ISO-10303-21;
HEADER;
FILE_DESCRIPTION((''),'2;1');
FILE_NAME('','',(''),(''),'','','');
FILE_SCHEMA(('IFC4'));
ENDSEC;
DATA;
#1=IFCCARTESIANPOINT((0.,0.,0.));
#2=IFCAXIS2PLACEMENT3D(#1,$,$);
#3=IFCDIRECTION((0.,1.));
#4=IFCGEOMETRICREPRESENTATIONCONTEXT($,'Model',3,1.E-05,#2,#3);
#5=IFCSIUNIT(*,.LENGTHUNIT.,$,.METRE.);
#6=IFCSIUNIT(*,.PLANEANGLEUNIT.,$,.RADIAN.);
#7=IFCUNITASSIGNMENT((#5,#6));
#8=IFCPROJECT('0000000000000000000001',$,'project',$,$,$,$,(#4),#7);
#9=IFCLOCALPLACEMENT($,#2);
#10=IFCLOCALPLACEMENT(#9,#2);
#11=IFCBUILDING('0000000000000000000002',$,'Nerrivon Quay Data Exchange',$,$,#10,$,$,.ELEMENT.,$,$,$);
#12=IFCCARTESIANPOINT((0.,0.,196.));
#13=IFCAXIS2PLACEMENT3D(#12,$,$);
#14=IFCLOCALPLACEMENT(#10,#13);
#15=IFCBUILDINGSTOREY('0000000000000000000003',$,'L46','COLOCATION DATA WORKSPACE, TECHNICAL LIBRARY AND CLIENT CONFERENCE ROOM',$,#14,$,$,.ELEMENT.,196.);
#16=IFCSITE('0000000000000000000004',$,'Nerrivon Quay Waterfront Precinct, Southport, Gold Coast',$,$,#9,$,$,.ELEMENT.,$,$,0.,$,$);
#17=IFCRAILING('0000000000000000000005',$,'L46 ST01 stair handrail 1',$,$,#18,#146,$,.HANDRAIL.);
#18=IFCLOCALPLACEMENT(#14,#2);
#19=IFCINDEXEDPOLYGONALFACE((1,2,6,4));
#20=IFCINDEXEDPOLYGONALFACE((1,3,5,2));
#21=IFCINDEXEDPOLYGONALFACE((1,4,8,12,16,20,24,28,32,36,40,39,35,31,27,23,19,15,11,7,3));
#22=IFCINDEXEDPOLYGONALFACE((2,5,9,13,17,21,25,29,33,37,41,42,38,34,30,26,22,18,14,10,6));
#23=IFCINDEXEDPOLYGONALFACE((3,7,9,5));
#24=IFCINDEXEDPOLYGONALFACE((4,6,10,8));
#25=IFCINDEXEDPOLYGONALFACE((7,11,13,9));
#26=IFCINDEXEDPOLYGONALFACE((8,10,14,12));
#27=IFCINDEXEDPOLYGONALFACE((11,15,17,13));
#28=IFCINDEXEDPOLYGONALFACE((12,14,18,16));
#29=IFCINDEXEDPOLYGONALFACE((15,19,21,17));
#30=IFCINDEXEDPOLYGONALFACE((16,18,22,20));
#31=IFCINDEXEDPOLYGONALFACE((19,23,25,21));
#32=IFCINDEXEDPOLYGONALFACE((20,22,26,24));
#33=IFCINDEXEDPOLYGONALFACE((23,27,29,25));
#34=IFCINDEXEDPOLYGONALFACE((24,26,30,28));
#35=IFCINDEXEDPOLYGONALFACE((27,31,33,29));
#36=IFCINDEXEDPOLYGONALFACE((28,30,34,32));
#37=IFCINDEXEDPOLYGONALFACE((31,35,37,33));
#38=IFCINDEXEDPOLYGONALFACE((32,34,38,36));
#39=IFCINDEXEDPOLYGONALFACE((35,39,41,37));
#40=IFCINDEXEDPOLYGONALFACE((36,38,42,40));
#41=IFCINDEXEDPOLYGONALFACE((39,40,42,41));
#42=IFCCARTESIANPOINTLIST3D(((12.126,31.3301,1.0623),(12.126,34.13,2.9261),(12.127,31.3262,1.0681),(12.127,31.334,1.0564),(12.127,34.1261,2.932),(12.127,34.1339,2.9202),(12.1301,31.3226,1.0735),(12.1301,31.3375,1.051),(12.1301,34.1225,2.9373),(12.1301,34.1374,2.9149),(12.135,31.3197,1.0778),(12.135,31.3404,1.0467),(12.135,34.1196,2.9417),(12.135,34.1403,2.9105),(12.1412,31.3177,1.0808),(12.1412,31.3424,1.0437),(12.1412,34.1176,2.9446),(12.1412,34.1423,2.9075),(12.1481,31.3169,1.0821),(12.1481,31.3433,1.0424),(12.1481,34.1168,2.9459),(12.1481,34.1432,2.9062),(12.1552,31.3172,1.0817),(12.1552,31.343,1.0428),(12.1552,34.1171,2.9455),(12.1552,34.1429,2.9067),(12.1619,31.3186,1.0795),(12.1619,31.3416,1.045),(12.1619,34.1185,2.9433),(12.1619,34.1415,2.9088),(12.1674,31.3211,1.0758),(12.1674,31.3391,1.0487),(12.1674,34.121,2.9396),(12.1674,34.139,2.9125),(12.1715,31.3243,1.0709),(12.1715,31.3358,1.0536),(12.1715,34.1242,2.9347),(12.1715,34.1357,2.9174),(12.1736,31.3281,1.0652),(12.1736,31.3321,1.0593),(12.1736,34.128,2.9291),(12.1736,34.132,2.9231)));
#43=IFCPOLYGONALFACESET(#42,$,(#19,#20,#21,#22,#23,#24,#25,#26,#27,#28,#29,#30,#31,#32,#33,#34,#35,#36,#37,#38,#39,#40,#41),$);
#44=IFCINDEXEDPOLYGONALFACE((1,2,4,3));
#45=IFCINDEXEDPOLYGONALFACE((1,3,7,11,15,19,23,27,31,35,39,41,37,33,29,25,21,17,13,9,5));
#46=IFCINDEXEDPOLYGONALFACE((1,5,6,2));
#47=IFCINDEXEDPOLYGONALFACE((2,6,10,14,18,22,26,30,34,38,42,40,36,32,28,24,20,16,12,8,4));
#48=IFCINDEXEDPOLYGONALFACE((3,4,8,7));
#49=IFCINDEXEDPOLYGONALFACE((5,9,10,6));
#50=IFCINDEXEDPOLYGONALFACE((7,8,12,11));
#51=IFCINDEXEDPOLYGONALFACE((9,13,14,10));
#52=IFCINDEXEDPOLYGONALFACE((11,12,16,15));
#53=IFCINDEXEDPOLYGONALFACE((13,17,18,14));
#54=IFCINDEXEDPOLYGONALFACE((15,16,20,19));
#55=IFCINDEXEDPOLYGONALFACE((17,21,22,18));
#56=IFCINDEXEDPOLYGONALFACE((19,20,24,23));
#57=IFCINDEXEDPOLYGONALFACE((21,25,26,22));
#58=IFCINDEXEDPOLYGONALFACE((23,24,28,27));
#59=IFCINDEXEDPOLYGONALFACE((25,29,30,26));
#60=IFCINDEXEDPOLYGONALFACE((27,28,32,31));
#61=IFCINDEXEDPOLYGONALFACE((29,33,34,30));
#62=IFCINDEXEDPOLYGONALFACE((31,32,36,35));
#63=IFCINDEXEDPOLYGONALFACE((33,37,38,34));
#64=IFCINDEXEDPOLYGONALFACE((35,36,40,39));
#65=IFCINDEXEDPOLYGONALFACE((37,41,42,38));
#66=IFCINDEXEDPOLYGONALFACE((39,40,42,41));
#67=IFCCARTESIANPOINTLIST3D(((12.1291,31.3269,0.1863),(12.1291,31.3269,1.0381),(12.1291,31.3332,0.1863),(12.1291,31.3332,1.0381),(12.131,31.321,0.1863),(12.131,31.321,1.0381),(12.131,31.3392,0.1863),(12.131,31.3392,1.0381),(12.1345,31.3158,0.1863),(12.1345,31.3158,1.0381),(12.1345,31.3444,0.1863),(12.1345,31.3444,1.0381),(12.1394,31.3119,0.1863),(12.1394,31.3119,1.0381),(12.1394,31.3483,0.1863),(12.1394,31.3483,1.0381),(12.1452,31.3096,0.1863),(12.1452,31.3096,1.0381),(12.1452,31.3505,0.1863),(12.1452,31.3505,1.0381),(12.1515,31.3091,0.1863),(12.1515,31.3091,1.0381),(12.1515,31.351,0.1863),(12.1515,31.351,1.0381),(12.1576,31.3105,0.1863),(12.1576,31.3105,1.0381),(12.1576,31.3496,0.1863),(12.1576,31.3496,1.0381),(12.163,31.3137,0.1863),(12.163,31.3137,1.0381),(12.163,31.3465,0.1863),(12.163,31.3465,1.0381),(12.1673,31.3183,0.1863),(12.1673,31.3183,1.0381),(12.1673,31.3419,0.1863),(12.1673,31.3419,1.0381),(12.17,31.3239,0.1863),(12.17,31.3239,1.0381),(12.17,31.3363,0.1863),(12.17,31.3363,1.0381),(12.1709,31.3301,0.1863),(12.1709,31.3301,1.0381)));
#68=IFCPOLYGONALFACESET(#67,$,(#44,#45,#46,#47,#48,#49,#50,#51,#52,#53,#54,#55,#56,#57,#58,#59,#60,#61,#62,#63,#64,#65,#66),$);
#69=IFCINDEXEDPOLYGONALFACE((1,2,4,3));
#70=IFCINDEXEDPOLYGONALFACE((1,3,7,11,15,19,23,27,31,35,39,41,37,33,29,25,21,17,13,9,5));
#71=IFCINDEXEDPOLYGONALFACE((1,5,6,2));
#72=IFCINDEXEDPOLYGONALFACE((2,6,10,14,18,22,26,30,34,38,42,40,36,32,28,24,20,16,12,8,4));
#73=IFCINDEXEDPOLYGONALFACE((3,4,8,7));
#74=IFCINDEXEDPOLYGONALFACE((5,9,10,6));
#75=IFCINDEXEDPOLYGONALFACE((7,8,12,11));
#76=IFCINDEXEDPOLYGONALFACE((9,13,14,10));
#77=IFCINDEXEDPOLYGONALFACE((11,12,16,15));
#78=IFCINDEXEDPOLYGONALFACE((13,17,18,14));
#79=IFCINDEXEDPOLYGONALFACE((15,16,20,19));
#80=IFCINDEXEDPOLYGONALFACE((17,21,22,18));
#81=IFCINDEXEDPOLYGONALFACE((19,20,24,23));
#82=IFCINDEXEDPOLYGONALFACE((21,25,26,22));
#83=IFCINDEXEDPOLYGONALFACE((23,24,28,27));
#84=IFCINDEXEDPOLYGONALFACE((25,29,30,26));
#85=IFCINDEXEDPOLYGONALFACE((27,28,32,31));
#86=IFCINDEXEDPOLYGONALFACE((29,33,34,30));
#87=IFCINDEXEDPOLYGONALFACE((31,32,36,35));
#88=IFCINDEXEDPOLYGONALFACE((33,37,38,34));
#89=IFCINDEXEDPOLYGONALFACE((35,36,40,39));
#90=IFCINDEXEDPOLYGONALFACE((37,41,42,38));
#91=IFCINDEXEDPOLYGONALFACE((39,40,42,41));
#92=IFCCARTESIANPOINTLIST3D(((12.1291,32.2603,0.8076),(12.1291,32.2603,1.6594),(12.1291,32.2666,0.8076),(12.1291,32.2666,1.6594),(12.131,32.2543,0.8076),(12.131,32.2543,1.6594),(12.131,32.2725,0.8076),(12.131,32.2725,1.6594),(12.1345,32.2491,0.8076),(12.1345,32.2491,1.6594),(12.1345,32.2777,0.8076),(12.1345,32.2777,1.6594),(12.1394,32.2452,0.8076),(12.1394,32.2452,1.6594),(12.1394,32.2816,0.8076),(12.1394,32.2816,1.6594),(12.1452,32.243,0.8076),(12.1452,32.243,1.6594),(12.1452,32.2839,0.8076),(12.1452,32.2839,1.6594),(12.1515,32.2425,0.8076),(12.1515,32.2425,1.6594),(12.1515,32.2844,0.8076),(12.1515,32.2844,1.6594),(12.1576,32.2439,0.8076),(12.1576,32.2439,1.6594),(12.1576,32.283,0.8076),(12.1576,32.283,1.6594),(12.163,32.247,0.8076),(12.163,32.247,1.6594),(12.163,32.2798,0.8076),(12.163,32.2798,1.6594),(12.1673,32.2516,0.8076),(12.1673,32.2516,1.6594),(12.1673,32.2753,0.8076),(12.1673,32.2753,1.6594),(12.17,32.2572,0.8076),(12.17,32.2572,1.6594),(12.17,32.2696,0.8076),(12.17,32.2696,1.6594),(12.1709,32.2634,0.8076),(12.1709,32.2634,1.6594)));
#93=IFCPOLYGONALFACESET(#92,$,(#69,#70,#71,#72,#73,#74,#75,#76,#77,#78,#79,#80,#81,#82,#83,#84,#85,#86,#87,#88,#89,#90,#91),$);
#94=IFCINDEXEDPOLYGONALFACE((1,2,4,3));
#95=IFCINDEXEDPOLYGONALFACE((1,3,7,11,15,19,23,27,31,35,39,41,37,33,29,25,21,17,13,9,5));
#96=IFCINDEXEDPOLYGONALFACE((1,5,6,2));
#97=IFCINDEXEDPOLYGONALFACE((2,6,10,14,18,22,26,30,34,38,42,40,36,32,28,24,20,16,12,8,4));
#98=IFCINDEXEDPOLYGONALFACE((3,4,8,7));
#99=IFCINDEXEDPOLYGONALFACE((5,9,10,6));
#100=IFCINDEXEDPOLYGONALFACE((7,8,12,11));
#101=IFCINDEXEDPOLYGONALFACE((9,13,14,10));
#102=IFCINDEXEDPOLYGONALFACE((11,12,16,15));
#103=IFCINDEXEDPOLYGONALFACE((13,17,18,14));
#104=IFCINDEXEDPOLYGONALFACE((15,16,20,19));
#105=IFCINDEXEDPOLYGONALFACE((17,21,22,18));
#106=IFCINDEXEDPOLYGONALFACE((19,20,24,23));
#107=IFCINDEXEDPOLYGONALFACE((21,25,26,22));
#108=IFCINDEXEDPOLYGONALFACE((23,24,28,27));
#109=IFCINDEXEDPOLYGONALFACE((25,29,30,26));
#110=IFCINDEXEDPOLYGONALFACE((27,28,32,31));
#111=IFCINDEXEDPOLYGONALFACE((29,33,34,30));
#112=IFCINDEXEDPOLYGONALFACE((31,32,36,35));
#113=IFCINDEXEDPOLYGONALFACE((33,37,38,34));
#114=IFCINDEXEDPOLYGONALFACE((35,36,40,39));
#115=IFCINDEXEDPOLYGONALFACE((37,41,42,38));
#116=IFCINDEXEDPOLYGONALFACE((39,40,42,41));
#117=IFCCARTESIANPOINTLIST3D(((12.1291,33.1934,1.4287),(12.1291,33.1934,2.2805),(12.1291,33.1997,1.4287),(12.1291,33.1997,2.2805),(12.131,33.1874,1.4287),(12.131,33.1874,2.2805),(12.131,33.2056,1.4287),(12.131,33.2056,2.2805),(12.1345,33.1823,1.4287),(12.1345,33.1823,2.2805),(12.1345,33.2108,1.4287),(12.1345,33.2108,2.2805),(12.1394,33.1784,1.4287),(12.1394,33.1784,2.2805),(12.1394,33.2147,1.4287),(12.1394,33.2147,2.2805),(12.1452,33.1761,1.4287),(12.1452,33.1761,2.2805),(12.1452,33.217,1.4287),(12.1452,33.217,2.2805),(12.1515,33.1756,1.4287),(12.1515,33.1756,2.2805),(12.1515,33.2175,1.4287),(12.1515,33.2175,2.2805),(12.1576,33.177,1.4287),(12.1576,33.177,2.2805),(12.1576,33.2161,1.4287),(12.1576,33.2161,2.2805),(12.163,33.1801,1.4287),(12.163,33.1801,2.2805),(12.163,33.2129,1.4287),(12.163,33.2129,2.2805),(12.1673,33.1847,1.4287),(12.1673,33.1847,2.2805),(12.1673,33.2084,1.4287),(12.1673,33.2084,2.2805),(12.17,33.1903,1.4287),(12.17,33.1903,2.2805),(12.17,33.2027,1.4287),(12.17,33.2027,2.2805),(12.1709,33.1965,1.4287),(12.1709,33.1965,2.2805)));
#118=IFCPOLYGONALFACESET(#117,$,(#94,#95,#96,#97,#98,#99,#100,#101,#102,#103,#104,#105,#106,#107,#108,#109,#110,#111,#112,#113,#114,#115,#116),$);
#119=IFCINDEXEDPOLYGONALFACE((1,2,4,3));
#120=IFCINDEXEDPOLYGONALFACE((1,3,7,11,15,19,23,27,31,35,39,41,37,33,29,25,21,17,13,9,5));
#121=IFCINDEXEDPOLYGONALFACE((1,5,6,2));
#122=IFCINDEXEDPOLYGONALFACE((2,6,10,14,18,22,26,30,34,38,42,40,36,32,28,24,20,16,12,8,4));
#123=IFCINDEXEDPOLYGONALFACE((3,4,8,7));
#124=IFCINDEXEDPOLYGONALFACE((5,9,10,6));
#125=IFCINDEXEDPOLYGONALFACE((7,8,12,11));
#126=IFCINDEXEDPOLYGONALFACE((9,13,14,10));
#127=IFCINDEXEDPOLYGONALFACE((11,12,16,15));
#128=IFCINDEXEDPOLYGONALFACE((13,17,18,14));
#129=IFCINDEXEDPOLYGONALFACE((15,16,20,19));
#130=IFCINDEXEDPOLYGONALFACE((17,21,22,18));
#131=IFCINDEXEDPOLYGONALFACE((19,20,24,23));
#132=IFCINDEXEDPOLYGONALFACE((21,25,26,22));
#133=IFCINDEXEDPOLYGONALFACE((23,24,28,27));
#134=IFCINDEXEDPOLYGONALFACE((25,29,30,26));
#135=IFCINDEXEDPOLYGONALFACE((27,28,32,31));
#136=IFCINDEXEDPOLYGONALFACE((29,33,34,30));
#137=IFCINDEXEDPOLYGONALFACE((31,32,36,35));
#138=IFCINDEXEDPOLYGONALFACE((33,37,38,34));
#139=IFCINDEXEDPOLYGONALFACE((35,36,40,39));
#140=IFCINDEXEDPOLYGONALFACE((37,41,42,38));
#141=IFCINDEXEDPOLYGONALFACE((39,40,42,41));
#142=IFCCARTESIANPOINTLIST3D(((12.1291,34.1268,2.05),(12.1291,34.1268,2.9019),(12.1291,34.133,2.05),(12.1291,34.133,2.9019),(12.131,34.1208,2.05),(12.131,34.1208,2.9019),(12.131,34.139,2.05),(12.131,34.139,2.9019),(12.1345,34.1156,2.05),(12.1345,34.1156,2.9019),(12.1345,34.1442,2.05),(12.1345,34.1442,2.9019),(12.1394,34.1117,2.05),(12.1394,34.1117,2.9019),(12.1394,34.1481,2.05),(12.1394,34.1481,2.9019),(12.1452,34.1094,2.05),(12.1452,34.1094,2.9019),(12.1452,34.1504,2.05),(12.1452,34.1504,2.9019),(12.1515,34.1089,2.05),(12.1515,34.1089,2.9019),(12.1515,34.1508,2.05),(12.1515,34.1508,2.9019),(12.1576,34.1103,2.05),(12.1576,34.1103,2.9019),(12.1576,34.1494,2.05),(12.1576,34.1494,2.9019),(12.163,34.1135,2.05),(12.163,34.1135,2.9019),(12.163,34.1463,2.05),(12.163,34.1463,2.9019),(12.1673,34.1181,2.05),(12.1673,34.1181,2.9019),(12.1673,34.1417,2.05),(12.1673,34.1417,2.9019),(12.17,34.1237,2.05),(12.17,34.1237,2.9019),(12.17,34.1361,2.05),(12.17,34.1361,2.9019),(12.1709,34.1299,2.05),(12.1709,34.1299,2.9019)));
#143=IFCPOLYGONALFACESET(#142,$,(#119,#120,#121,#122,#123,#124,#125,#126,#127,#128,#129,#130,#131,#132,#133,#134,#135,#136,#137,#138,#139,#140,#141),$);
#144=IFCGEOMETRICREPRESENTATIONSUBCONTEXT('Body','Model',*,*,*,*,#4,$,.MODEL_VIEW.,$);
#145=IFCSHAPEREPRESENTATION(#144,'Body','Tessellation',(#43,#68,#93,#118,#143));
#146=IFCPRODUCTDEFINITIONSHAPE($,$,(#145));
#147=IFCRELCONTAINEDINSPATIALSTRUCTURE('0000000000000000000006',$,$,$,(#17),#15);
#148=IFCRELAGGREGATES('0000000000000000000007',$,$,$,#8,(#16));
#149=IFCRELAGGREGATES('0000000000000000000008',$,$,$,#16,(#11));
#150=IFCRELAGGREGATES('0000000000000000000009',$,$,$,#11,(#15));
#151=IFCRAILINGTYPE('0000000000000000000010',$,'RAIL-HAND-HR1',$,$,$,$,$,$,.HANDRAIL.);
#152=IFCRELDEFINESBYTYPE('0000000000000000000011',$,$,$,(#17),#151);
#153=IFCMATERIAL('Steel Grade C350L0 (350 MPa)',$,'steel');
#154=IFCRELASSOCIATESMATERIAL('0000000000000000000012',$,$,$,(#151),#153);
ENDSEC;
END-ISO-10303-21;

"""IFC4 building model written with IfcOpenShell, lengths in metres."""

from ifc_helpers import new_model, si_unit, direction, frame, origin, origin_2d, place, context, subcontext, project, spatial, circle, extrude, material, type_object, element, save


model = new_model("IFC4")

# Units and contexts
model_context = context("Model", 3, precision=1e-05, world=origin(), true_north=direction((0.0, 1.0)))
body_context = subcontext(model_context, "Body", "Model", "MODEL_VIEW")
ifc_project = project(units=[si_unit("LENGTHUNIT", "METRE"), si_unit("PLANEANGLEUNIT", "RADIAN")], contexts=[model_context])

# Site, building, storey
site_placement = place(None, origin())
site = spatial("IfcSite", under=ifc_project, at=site_placement, Name="Nerrivon Quay Waterfront Precinct, Southport, Gold Coast", CompositionType="ELEMENT", RefElevation=0.0)
building_placement = place(site_placement, origin())
building = spatial("IfcBuilding", under=site, at=building_placement, Name="Nerrivon Quay Data Exchange", CompositionType="ELEMENT")
storey_placement = place(building_placement, frame((0.0, 0.0, 196.0)))
storey = spatial("IfcBuildingStorey", under=building, at=storey_placement, Name="L46", Description="COLOCATION DATA WORKSPACE, TECHNICAL LIBRARY AND CLIENT CONFERENCE ROOM", CompositionType="ELEMENT", Elevation=196.0)

# Railing
ifc_material_1 = material(Name="Steel Grade C350L0 (350 MPa)", Category="steel")
railing_type_1 = type_object("IfcRailingType", Name="RAIL-HAND-HR1", PredefinedType="HANDRAIL", material=ifc_material_1)
railing_1_placement = place(storey_placement, frame((12.1499, 31.3301, 0.1863)))
element("IfcRailing", 1, at=railing_1_placement, inside=storey, type_object=railing_type_1, Name="L46 ST01 stair handrail 1", PredefinedType="HANDRAIL", context=body_context, shape_type="SweptSolid", body=[
    extrude(circle(Radius=0.0239, at=origin_2d()), frame((0.0, 0.0, 0.876), z_axis=(0.0, 0.83243, 0.554131), x_axis=(-1.0, 0.0, 0.0)), (0.0, 0.0, 1.0), 3.3635),
    extrude(circle(Radius=0.021, at=origin_2d()), origin(), (0.0, 0.0, 1.0), 0.8518),
    extrude(circle(Radius=0.021, at=origin_2d()), frame((0.0, 0.9333, 0.6213)), (0.0, 0.0, 1.0), 0.8518),
    extrude(circle(Radius=0.021, at=origin_2d()), frame((0.0, 1.8665, 1.2424)), (0.0, 0.0, 1.0), 0.8518),
    extrude(circle(Radius=0.021, at=origin_2d()), frame((0.0, 2.7998, 1.8638)), (0.0, 0.0, 1.0), 0.8518),
])

save(model, "model.ifc")
